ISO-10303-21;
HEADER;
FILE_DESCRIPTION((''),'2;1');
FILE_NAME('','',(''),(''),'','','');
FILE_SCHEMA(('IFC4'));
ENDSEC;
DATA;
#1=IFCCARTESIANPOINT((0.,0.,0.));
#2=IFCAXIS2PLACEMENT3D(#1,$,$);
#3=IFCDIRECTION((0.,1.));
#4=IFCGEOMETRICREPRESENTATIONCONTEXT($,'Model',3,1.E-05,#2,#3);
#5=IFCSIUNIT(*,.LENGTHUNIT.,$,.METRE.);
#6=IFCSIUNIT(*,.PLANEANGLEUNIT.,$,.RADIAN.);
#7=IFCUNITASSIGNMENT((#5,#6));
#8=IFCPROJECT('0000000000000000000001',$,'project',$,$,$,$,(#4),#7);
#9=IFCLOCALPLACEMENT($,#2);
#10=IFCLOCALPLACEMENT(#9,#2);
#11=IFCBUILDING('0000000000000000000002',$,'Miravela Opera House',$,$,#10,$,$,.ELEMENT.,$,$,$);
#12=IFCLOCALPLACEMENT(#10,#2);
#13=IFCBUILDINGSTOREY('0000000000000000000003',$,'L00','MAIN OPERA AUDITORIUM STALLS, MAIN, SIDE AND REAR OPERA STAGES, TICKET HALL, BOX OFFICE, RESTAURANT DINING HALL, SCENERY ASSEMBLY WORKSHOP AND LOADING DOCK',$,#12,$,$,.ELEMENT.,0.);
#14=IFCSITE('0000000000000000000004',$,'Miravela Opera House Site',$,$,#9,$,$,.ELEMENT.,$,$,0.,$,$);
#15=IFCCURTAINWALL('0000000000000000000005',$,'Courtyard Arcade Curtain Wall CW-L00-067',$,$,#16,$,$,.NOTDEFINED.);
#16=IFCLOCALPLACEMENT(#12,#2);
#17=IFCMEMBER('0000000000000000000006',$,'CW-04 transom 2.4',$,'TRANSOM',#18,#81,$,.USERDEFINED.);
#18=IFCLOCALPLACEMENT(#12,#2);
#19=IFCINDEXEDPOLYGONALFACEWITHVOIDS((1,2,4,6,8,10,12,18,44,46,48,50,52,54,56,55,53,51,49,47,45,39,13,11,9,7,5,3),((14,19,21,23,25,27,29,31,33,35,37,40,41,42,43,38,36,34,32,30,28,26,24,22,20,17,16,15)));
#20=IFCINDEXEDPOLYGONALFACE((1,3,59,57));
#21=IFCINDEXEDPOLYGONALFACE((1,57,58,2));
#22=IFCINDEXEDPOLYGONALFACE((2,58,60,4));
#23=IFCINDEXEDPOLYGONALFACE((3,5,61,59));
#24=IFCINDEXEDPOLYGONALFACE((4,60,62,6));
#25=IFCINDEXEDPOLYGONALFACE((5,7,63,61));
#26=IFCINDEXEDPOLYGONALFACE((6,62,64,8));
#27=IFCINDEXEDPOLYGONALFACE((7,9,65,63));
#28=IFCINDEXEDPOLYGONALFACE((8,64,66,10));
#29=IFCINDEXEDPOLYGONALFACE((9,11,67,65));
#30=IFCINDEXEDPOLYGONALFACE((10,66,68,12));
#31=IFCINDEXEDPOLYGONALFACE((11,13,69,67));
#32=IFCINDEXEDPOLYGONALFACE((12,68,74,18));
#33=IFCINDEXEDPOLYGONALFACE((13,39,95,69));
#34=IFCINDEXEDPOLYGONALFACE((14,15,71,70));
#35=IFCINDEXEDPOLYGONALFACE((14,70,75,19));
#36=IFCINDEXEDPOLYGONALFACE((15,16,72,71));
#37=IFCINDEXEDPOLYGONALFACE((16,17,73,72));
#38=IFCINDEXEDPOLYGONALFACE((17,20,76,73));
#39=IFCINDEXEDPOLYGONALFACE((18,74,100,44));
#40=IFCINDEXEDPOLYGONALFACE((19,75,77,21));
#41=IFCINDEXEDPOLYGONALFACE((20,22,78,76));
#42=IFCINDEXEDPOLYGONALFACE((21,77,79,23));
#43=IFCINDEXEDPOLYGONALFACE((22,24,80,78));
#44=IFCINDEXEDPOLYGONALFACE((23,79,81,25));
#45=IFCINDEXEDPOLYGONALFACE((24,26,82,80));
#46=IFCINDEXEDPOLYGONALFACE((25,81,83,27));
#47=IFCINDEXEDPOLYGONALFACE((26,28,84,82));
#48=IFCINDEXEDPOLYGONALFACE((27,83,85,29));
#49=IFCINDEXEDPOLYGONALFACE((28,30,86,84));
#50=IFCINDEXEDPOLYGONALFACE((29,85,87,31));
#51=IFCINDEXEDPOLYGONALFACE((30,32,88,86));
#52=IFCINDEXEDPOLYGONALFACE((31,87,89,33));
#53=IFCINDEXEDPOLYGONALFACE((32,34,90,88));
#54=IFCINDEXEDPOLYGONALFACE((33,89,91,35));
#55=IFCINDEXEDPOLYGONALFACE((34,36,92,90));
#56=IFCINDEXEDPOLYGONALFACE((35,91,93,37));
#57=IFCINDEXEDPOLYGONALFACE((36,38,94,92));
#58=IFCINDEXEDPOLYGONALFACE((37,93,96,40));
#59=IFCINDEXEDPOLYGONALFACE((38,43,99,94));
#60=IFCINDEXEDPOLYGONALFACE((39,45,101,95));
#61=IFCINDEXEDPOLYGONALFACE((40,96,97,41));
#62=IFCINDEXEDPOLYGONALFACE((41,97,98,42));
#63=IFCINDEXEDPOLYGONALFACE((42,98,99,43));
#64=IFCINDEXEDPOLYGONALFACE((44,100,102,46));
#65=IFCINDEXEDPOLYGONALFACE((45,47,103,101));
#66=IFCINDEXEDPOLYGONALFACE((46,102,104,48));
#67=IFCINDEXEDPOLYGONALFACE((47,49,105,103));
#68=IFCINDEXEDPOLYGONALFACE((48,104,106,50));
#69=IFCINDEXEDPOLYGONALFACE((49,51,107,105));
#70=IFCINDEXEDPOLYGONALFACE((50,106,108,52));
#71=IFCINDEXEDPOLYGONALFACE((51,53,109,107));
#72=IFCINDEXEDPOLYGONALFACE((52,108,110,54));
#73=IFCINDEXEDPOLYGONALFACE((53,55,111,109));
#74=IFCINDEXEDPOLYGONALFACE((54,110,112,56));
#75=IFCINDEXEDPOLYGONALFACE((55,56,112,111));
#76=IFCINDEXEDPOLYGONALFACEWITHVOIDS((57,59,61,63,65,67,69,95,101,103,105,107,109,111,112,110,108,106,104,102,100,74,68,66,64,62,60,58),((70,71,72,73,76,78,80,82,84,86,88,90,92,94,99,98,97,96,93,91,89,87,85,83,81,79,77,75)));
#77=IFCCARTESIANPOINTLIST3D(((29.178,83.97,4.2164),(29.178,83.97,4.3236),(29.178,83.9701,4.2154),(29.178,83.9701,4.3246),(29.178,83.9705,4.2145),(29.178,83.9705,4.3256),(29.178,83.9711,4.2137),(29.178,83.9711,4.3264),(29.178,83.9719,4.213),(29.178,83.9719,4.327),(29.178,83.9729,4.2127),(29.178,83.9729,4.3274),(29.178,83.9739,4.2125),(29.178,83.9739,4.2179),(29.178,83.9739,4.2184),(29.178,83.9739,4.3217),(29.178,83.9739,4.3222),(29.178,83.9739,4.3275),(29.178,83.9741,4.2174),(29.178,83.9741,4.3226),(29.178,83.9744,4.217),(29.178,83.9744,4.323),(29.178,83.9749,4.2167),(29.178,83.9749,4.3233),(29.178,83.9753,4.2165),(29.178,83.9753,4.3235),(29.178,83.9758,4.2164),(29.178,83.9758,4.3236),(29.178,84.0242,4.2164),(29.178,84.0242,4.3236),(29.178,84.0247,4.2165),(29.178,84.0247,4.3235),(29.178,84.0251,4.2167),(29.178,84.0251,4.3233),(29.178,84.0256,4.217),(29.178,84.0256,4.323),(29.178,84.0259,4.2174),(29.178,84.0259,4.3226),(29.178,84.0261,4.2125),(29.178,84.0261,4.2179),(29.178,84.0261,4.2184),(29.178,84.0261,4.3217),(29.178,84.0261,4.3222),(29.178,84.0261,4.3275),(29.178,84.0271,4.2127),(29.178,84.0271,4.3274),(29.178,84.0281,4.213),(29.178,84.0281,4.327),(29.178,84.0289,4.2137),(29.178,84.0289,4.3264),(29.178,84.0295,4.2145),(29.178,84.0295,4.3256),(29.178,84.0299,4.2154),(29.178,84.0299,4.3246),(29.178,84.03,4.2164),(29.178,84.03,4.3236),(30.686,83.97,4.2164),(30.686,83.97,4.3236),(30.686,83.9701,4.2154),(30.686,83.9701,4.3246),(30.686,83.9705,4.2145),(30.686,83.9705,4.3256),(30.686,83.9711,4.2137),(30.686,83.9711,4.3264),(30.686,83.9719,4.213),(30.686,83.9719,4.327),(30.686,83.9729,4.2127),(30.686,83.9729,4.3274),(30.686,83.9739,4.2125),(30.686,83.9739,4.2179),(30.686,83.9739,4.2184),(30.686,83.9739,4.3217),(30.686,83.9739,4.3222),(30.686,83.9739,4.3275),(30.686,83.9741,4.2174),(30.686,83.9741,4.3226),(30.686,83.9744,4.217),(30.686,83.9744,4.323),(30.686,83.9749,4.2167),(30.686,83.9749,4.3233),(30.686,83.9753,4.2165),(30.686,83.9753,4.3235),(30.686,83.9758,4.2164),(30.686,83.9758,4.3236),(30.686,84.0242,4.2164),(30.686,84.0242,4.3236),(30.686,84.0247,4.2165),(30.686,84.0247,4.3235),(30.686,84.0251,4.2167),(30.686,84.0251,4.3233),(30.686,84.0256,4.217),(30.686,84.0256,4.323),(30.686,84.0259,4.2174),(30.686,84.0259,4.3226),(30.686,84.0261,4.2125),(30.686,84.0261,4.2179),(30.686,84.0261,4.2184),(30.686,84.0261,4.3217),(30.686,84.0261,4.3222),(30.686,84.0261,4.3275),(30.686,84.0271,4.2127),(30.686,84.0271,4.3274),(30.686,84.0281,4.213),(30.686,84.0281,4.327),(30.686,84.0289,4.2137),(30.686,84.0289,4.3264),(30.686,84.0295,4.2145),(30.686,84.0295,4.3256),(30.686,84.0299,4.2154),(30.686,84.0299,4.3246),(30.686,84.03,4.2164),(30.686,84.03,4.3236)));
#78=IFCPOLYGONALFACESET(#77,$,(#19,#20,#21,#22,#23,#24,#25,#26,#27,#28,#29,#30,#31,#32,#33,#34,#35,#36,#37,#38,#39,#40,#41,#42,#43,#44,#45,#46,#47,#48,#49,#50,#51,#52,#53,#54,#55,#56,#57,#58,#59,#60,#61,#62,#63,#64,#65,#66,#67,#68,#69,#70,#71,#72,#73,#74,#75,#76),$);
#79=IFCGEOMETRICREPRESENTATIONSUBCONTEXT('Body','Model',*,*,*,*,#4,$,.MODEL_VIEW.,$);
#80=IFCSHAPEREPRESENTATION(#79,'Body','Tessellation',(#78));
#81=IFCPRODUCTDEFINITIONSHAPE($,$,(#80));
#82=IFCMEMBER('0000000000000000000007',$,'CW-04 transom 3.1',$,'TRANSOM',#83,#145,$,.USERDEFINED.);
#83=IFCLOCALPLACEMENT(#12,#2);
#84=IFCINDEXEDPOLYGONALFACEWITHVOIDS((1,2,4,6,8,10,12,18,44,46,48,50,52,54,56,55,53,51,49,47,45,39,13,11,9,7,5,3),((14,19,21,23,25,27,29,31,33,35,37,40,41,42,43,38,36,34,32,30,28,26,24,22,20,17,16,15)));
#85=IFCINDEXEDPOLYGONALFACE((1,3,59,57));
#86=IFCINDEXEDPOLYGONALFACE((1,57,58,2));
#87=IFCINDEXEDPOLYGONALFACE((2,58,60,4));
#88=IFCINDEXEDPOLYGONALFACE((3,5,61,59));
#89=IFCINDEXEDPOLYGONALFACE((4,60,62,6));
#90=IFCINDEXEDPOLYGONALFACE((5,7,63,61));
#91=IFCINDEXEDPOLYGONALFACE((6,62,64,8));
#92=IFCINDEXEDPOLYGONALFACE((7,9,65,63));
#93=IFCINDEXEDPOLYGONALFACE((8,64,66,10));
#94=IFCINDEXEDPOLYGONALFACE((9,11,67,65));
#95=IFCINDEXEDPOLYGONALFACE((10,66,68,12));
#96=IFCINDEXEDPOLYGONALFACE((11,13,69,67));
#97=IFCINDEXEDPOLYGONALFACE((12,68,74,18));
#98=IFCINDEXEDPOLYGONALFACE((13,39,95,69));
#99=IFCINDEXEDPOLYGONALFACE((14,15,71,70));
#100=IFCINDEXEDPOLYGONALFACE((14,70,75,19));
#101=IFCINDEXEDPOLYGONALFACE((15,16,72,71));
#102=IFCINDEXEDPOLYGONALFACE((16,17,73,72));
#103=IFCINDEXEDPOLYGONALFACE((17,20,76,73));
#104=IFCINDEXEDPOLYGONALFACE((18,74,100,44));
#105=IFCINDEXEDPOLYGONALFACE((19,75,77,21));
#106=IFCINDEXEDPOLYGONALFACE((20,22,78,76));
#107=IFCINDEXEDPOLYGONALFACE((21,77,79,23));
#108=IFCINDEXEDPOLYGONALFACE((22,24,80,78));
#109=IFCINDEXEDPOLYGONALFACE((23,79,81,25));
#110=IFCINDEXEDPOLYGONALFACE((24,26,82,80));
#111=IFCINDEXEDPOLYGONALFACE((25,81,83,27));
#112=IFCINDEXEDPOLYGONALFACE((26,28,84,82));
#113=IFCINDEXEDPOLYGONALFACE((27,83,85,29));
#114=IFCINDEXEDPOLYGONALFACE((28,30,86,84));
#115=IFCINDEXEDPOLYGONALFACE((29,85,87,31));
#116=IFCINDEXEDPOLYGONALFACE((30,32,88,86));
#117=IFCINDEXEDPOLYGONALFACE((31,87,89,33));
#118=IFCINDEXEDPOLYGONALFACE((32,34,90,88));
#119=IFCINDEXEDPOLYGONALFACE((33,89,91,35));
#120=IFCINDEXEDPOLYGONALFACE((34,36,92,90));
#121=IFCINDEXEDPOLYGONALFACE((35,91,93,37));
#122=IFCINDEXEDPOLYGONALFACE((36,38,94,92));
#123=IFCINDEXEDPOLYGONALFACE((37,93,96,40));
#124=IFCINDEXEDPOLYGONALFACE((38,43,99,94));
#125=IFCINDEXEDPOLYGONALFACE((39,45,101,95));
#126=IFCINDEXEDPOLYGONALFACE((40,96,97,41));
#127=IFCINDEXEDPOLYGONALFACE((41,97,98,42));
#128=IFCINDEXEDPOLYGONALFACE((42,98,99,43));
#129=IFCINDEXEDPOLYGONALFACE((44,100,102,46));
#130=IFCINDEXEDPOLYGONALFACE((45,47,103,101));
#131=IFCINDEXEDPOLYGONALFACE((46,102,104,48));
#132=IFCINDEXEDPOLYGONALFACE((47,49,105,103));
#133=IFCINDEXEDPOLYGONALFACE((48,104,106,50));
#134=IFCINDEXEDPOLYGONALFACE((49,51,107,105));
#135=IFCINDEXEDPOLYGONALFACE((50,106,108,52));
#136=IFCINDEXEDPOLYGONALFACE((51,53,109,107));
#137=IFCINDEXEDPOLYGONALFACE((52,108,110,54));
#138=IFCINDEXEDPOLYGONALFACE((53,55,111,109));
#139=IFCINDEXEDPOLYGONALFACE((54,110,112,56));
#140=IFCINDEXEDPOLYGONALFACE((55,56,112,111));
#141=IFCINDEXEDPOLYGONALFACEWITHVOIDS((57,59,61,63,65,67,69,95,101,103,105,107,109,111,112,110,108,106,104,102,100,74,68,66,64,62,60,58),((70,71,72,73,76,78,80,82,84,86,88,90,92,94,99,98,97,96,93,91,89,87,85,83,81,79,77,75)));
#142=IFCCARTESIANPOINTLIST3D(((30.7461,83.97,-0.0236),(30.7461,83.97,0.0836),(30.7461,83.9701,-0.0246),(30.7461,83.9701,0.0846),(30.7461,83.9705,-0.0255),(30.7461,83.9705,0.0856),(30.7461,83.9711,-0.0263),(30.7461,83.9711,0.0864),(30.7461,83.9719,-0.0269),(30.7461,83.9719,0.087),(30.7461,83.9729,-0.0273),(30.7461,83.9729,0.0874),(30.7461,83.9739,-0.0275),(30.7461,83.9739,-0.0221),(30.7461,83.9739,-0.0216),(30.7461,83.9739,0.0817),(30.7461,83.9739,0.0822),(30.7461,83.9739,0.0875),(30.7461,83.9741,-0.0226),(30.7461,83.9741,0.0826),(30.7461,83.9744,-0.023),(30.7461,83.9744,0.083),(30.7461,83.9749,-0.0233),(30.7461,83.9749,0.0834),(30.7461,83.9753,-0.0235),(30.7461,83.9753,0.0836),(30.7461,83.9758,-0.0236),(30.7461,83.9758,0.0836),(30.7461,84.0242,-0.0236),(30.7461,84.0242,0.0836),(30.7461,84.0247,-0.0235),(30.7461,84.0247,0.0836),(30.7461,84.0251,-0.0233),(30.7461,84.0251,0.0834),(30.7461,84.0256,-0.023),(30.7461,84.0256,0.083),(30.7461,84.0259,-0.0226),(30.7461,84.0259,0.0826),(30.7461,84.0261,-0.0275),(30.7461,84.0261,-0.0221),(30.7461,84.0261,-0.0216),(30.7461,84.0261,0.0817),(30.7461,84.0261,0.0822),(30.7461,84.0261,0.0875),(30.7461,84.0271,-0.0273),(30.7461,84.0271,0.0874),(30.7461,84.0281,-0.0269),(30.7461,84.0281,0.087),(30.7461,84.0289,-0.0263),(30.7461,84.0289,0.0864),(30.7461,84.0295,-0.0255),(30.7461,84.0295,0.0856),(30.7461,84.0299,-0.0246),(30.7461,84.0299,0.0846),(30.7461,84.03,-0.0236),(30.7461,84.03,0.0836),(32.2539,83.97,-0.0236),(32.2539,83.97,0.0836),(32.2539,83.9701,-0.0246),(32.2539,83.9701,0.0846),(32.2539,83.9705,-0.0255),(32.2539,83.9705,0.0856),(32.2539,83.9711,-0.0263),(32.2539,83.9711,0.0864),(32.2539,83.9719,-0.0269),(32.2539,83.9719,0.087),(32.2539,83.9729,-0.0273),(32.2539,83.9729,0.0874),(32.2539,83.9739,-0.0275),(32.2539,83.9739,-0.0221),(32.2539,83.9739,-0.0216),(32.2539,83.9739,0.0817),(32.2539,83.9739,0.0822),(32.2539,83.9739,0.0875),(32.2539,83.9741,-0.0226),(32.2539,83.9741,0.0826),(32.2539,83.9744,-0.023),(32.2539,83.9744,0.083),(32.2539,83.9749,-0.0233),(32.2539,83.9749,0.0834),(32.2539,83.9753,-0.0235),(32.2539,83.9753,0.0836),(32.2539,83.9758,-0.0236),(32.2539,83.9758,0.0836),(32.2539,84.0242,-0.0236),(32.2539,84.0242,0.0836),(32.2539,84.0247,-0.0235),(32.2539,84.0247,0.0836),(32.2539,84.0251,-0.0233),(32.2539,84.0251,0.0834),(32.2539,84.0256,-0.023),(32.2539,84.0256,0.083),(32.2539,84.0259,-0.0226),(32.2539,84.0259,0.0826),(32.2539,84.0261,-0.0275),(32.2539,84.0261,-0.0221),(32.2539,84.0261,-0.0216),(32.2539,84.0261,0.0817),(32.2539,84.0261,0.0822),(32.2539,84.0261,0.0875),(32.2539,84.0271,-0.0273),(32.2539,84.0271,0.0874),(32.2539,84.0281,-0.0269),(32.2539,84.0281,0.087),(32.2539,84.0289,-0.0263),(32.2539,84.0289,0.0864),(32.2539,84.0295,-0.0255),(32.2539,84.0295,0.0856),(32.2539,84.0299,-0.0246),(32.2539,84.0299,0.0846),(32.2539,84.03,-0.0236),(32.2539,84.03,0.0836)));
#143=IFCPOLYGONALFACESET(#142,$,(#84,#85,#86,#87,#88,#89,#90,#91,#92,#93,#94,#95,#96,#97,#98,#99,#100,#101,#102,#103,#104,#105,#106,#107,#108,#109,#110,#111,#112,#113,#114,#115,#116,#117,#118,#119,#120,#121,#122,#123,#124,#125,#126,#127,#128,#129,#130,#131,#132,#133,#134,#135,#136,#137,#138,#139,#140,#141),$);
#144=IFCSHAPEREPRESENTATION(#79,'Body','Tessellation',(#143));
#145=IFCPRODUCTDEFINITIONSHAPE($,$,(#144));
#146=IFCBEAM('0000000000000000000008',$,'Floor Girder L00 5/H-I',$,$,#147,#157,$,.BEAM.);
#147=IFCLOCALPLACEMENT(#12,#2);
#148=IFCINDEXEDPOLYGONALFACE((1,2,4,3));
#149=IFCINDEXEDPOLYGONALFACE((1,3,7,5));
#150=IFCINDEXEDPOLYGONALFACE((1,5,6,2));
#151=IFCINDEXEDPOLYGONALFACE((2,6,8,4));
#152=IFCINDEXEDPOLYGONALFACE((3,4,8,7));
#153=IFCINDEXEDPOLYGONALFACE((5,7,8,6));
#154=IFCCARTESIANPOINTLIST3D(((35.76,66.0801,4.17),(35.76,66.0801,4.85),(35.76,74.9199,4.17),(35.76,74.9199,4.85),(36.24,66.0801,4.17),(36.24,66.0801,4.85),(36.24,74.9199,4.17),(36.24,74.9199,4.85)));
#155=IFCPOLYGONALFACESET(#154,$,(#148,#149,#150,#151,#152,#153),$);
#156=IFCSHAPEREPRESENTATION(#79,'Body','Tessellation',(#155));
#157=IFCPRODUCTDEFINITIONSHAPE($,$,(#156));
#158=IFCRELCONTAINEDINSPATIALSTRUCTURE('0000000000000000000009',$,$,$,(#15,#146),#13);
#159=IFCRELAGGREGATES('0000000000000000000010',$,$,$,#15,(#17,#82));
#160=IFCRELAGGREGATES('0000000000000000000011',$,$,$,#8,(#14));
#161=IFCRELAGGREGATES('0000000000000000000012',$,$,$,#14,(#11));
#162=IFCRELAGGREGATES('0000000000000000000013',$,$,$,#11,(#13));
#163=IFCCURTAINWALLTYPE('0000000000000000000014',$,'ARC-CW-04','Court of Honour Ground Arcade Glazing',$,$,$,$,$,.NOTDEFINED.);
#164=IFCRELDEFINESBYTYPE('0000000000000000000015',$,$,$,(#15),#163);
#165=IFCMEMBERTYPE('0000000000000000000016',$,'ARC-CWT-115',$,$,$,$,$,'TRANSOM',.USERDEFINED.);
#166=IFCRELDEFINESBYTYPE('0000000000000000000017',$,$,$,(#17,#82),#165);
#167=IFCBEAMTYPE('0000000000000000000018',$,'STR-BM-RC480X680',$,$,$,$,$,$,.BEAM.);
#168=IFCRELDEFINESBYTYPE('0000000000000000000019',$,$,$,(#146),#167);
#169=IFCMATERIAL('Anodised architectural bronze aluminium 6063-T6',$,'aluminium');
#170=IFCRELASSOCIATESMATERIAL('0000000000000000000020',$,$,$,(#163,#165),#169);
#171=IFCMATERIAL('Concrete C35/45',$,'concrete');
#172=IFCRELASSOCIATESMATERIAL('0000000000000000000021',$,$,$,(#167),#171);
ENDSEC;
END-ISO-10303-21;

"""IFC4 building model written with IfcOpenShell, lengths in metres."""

from ifc_helpers import new_model, si_unit, direction, frame, origin, origin_2d, place, context, subcontext, project, spatial, rectangle, hollow_rectangle, extrude, material, material_profile, profile_set, type_object, element, aggregate, save


model = new_model("IFC4")

# Units and contexts
model_context = context("Model", 3, precision=1e-05, world=origin(), true_north=direction((0.0, 1.0)))
body_context = subcontext(model_context, "Body", "Model", "MODEL_VIEW")
ifc_project = project(units=[si_unit("LENGTHUNIT", "METRE"), si_unit("PLANEANGLEUNIT", "RADIAN")], contexts=[model_context])

# Site, building, storey
site_placement = place(None, origin())
site = spatial("IfcSite", under=ifc_project, at=site_placement, Name="Miravela Opera House Site", CompositionType="ELEMENT", RefElevation=0.0)
building_placement = place(site_placement, origin())
building = spatial("IfcBuilding", under=site, at=building_placement, Name="Miravela Opera House", CompositionType="ELEMENT")
storey_placement = place(building_placement, origin())
storey = spatial("IfcBuildingStorey", under=building, at=storey_placement, Name="L00", Description="MAIN OPERA AUDITORIUM STALLS, MAIN, SIDE AND REAR OPERA STAGES, TICKET HALL, BOX OFFICE, RESTAURANT DINING HALL, SCENERY ASSEMBLY WORKSHOP AND LOADING DOCK", CompositionType="ELEMENT", Elevation=0.0)

# Curtain wall, members
ifc_material_1 = material(Name="Anodised architectural bronze aluminium 6063-T6", Category="aluminium")
curtain_wall_type = type_object("IfcCurtainWallType", Name="ARC-CW-04", Description="Court of Honour Ground Arcade Glazing", PredefinedType="NOTDEFINED", material=ifc_material_1)
curtain_wall_placement = place(storey_placement, origin())
curtain_wall = element("IfcCurtainWall", 1, at=curtain_wall_placement, inside=storey, type_object=curtain_wall_type, Name="Courtyard Arcade Curtain Wall CW-L00-067", PredefinedType="NOTDEFINED")
ifc_material_profile_1 = material_profile(ifc_material_1, hollow_rectangle(XDim=0.0601, YDim=0.115, WallThickness=0.0039, InnerFilletRadius=0.002, OuterFilletRadius=0.0039, at=origin_2d()), Name="CWT-60X115")
ifc_profile_set_1 = profile_set([ifc_material_profile_1])
member_type_1 = type_object("IfcMemberType", Name="ARC-CWT-115", ElementType="TRANSOM", PredefinedType="USERDEFINED", material=ifc_profile_set_1)
member_1_placement = place(storey_placement, frame((29.178, 84.0, 4.27), z_axis=(1.0, 0.0, 0.0), x_axis=(0.0, 1.0, 0.0)))
member_1 = element("IfcMember", 2, at=member_1_placement, type_object=member_type_1, Name="CW-04 transom 2.4", ObjectType="TRANSOM", PredefinedType="USERDEFINED", context=body_context, shape_type="SweptSolid", body=[
    extrude(hollow_rectangle(XDim=0.0601, YDim=0.115, WallThickness=0.0039, InnerFilletRadius=0.002, OuterFilletRadius=0.0039, at=origin_2d()), origin(), (0.0, 0.0, 1.0), 1.5081),
])
member_2_placement = place(storey_placement, frame((30.7461, 84.0, 0.03), z_axis=(1.0, 0.0, 0.0), x_axis=(0.0, 1.0, 0.0)))
member_2 = element("IfcMember", 3, at=member_2_placement, type_object=member_type_1, Name="CW-04 transom 3.1", ObjectType="TRANSOM", PredefinedType="USERDEFINED", context=body_context, shape_type="SweptSolid", body=[
    extrude(hollow_rectangle(XDim=0.0601, YDim=0.115, WallThickness=0.0039, InnerFilletRadius=0.002, OuterFilletRadius=0.0039, at=origin_2d()), origin(), (0.0, 0.0, 1.0), 1.5078),
])

# Beam
ifc_material_2 = material(Name="Concrete C35/45", Category="concrete")
ifc_material_profile_2 = material_profile(ifc_material_2, rectangle(XDim=0.48, YDim=0.6799, at=origin_2d()), Name="RC-BM-480X680")
ifc_profile_set_2 = profile_set([ifc_material_profile_2])
beam_type_1 = type_object("IfcBeamType", Name="STR-BM-RC480X680", PredefinedType="BEAM", material=ifc_profile_set_2)
beam_1_placement = place(storey_placement, frame((36.0, 66.0801, 4.51), z_axis=(0.0, 1.0, 0.0), x_axis=(-1.0, 0.0, 0.0)))
element("IfcBeam", 4, at=beam_1_placement, inside=storey, type_object=beam_type_1, Name="Floor Girder L00 5/H-I", PredefinedType="BEAM", context=body_context, shape_type="SweptSolid", body=[
    extrude(rectangle(XDim=0.48, YDim=0.6799, at=origin_2d()), origin(), (0.0, 0.0, 1.0), 8.8398),
])

aggregate(curtain_wall, [member_1, member_2])

save(model, "model.ifc")
